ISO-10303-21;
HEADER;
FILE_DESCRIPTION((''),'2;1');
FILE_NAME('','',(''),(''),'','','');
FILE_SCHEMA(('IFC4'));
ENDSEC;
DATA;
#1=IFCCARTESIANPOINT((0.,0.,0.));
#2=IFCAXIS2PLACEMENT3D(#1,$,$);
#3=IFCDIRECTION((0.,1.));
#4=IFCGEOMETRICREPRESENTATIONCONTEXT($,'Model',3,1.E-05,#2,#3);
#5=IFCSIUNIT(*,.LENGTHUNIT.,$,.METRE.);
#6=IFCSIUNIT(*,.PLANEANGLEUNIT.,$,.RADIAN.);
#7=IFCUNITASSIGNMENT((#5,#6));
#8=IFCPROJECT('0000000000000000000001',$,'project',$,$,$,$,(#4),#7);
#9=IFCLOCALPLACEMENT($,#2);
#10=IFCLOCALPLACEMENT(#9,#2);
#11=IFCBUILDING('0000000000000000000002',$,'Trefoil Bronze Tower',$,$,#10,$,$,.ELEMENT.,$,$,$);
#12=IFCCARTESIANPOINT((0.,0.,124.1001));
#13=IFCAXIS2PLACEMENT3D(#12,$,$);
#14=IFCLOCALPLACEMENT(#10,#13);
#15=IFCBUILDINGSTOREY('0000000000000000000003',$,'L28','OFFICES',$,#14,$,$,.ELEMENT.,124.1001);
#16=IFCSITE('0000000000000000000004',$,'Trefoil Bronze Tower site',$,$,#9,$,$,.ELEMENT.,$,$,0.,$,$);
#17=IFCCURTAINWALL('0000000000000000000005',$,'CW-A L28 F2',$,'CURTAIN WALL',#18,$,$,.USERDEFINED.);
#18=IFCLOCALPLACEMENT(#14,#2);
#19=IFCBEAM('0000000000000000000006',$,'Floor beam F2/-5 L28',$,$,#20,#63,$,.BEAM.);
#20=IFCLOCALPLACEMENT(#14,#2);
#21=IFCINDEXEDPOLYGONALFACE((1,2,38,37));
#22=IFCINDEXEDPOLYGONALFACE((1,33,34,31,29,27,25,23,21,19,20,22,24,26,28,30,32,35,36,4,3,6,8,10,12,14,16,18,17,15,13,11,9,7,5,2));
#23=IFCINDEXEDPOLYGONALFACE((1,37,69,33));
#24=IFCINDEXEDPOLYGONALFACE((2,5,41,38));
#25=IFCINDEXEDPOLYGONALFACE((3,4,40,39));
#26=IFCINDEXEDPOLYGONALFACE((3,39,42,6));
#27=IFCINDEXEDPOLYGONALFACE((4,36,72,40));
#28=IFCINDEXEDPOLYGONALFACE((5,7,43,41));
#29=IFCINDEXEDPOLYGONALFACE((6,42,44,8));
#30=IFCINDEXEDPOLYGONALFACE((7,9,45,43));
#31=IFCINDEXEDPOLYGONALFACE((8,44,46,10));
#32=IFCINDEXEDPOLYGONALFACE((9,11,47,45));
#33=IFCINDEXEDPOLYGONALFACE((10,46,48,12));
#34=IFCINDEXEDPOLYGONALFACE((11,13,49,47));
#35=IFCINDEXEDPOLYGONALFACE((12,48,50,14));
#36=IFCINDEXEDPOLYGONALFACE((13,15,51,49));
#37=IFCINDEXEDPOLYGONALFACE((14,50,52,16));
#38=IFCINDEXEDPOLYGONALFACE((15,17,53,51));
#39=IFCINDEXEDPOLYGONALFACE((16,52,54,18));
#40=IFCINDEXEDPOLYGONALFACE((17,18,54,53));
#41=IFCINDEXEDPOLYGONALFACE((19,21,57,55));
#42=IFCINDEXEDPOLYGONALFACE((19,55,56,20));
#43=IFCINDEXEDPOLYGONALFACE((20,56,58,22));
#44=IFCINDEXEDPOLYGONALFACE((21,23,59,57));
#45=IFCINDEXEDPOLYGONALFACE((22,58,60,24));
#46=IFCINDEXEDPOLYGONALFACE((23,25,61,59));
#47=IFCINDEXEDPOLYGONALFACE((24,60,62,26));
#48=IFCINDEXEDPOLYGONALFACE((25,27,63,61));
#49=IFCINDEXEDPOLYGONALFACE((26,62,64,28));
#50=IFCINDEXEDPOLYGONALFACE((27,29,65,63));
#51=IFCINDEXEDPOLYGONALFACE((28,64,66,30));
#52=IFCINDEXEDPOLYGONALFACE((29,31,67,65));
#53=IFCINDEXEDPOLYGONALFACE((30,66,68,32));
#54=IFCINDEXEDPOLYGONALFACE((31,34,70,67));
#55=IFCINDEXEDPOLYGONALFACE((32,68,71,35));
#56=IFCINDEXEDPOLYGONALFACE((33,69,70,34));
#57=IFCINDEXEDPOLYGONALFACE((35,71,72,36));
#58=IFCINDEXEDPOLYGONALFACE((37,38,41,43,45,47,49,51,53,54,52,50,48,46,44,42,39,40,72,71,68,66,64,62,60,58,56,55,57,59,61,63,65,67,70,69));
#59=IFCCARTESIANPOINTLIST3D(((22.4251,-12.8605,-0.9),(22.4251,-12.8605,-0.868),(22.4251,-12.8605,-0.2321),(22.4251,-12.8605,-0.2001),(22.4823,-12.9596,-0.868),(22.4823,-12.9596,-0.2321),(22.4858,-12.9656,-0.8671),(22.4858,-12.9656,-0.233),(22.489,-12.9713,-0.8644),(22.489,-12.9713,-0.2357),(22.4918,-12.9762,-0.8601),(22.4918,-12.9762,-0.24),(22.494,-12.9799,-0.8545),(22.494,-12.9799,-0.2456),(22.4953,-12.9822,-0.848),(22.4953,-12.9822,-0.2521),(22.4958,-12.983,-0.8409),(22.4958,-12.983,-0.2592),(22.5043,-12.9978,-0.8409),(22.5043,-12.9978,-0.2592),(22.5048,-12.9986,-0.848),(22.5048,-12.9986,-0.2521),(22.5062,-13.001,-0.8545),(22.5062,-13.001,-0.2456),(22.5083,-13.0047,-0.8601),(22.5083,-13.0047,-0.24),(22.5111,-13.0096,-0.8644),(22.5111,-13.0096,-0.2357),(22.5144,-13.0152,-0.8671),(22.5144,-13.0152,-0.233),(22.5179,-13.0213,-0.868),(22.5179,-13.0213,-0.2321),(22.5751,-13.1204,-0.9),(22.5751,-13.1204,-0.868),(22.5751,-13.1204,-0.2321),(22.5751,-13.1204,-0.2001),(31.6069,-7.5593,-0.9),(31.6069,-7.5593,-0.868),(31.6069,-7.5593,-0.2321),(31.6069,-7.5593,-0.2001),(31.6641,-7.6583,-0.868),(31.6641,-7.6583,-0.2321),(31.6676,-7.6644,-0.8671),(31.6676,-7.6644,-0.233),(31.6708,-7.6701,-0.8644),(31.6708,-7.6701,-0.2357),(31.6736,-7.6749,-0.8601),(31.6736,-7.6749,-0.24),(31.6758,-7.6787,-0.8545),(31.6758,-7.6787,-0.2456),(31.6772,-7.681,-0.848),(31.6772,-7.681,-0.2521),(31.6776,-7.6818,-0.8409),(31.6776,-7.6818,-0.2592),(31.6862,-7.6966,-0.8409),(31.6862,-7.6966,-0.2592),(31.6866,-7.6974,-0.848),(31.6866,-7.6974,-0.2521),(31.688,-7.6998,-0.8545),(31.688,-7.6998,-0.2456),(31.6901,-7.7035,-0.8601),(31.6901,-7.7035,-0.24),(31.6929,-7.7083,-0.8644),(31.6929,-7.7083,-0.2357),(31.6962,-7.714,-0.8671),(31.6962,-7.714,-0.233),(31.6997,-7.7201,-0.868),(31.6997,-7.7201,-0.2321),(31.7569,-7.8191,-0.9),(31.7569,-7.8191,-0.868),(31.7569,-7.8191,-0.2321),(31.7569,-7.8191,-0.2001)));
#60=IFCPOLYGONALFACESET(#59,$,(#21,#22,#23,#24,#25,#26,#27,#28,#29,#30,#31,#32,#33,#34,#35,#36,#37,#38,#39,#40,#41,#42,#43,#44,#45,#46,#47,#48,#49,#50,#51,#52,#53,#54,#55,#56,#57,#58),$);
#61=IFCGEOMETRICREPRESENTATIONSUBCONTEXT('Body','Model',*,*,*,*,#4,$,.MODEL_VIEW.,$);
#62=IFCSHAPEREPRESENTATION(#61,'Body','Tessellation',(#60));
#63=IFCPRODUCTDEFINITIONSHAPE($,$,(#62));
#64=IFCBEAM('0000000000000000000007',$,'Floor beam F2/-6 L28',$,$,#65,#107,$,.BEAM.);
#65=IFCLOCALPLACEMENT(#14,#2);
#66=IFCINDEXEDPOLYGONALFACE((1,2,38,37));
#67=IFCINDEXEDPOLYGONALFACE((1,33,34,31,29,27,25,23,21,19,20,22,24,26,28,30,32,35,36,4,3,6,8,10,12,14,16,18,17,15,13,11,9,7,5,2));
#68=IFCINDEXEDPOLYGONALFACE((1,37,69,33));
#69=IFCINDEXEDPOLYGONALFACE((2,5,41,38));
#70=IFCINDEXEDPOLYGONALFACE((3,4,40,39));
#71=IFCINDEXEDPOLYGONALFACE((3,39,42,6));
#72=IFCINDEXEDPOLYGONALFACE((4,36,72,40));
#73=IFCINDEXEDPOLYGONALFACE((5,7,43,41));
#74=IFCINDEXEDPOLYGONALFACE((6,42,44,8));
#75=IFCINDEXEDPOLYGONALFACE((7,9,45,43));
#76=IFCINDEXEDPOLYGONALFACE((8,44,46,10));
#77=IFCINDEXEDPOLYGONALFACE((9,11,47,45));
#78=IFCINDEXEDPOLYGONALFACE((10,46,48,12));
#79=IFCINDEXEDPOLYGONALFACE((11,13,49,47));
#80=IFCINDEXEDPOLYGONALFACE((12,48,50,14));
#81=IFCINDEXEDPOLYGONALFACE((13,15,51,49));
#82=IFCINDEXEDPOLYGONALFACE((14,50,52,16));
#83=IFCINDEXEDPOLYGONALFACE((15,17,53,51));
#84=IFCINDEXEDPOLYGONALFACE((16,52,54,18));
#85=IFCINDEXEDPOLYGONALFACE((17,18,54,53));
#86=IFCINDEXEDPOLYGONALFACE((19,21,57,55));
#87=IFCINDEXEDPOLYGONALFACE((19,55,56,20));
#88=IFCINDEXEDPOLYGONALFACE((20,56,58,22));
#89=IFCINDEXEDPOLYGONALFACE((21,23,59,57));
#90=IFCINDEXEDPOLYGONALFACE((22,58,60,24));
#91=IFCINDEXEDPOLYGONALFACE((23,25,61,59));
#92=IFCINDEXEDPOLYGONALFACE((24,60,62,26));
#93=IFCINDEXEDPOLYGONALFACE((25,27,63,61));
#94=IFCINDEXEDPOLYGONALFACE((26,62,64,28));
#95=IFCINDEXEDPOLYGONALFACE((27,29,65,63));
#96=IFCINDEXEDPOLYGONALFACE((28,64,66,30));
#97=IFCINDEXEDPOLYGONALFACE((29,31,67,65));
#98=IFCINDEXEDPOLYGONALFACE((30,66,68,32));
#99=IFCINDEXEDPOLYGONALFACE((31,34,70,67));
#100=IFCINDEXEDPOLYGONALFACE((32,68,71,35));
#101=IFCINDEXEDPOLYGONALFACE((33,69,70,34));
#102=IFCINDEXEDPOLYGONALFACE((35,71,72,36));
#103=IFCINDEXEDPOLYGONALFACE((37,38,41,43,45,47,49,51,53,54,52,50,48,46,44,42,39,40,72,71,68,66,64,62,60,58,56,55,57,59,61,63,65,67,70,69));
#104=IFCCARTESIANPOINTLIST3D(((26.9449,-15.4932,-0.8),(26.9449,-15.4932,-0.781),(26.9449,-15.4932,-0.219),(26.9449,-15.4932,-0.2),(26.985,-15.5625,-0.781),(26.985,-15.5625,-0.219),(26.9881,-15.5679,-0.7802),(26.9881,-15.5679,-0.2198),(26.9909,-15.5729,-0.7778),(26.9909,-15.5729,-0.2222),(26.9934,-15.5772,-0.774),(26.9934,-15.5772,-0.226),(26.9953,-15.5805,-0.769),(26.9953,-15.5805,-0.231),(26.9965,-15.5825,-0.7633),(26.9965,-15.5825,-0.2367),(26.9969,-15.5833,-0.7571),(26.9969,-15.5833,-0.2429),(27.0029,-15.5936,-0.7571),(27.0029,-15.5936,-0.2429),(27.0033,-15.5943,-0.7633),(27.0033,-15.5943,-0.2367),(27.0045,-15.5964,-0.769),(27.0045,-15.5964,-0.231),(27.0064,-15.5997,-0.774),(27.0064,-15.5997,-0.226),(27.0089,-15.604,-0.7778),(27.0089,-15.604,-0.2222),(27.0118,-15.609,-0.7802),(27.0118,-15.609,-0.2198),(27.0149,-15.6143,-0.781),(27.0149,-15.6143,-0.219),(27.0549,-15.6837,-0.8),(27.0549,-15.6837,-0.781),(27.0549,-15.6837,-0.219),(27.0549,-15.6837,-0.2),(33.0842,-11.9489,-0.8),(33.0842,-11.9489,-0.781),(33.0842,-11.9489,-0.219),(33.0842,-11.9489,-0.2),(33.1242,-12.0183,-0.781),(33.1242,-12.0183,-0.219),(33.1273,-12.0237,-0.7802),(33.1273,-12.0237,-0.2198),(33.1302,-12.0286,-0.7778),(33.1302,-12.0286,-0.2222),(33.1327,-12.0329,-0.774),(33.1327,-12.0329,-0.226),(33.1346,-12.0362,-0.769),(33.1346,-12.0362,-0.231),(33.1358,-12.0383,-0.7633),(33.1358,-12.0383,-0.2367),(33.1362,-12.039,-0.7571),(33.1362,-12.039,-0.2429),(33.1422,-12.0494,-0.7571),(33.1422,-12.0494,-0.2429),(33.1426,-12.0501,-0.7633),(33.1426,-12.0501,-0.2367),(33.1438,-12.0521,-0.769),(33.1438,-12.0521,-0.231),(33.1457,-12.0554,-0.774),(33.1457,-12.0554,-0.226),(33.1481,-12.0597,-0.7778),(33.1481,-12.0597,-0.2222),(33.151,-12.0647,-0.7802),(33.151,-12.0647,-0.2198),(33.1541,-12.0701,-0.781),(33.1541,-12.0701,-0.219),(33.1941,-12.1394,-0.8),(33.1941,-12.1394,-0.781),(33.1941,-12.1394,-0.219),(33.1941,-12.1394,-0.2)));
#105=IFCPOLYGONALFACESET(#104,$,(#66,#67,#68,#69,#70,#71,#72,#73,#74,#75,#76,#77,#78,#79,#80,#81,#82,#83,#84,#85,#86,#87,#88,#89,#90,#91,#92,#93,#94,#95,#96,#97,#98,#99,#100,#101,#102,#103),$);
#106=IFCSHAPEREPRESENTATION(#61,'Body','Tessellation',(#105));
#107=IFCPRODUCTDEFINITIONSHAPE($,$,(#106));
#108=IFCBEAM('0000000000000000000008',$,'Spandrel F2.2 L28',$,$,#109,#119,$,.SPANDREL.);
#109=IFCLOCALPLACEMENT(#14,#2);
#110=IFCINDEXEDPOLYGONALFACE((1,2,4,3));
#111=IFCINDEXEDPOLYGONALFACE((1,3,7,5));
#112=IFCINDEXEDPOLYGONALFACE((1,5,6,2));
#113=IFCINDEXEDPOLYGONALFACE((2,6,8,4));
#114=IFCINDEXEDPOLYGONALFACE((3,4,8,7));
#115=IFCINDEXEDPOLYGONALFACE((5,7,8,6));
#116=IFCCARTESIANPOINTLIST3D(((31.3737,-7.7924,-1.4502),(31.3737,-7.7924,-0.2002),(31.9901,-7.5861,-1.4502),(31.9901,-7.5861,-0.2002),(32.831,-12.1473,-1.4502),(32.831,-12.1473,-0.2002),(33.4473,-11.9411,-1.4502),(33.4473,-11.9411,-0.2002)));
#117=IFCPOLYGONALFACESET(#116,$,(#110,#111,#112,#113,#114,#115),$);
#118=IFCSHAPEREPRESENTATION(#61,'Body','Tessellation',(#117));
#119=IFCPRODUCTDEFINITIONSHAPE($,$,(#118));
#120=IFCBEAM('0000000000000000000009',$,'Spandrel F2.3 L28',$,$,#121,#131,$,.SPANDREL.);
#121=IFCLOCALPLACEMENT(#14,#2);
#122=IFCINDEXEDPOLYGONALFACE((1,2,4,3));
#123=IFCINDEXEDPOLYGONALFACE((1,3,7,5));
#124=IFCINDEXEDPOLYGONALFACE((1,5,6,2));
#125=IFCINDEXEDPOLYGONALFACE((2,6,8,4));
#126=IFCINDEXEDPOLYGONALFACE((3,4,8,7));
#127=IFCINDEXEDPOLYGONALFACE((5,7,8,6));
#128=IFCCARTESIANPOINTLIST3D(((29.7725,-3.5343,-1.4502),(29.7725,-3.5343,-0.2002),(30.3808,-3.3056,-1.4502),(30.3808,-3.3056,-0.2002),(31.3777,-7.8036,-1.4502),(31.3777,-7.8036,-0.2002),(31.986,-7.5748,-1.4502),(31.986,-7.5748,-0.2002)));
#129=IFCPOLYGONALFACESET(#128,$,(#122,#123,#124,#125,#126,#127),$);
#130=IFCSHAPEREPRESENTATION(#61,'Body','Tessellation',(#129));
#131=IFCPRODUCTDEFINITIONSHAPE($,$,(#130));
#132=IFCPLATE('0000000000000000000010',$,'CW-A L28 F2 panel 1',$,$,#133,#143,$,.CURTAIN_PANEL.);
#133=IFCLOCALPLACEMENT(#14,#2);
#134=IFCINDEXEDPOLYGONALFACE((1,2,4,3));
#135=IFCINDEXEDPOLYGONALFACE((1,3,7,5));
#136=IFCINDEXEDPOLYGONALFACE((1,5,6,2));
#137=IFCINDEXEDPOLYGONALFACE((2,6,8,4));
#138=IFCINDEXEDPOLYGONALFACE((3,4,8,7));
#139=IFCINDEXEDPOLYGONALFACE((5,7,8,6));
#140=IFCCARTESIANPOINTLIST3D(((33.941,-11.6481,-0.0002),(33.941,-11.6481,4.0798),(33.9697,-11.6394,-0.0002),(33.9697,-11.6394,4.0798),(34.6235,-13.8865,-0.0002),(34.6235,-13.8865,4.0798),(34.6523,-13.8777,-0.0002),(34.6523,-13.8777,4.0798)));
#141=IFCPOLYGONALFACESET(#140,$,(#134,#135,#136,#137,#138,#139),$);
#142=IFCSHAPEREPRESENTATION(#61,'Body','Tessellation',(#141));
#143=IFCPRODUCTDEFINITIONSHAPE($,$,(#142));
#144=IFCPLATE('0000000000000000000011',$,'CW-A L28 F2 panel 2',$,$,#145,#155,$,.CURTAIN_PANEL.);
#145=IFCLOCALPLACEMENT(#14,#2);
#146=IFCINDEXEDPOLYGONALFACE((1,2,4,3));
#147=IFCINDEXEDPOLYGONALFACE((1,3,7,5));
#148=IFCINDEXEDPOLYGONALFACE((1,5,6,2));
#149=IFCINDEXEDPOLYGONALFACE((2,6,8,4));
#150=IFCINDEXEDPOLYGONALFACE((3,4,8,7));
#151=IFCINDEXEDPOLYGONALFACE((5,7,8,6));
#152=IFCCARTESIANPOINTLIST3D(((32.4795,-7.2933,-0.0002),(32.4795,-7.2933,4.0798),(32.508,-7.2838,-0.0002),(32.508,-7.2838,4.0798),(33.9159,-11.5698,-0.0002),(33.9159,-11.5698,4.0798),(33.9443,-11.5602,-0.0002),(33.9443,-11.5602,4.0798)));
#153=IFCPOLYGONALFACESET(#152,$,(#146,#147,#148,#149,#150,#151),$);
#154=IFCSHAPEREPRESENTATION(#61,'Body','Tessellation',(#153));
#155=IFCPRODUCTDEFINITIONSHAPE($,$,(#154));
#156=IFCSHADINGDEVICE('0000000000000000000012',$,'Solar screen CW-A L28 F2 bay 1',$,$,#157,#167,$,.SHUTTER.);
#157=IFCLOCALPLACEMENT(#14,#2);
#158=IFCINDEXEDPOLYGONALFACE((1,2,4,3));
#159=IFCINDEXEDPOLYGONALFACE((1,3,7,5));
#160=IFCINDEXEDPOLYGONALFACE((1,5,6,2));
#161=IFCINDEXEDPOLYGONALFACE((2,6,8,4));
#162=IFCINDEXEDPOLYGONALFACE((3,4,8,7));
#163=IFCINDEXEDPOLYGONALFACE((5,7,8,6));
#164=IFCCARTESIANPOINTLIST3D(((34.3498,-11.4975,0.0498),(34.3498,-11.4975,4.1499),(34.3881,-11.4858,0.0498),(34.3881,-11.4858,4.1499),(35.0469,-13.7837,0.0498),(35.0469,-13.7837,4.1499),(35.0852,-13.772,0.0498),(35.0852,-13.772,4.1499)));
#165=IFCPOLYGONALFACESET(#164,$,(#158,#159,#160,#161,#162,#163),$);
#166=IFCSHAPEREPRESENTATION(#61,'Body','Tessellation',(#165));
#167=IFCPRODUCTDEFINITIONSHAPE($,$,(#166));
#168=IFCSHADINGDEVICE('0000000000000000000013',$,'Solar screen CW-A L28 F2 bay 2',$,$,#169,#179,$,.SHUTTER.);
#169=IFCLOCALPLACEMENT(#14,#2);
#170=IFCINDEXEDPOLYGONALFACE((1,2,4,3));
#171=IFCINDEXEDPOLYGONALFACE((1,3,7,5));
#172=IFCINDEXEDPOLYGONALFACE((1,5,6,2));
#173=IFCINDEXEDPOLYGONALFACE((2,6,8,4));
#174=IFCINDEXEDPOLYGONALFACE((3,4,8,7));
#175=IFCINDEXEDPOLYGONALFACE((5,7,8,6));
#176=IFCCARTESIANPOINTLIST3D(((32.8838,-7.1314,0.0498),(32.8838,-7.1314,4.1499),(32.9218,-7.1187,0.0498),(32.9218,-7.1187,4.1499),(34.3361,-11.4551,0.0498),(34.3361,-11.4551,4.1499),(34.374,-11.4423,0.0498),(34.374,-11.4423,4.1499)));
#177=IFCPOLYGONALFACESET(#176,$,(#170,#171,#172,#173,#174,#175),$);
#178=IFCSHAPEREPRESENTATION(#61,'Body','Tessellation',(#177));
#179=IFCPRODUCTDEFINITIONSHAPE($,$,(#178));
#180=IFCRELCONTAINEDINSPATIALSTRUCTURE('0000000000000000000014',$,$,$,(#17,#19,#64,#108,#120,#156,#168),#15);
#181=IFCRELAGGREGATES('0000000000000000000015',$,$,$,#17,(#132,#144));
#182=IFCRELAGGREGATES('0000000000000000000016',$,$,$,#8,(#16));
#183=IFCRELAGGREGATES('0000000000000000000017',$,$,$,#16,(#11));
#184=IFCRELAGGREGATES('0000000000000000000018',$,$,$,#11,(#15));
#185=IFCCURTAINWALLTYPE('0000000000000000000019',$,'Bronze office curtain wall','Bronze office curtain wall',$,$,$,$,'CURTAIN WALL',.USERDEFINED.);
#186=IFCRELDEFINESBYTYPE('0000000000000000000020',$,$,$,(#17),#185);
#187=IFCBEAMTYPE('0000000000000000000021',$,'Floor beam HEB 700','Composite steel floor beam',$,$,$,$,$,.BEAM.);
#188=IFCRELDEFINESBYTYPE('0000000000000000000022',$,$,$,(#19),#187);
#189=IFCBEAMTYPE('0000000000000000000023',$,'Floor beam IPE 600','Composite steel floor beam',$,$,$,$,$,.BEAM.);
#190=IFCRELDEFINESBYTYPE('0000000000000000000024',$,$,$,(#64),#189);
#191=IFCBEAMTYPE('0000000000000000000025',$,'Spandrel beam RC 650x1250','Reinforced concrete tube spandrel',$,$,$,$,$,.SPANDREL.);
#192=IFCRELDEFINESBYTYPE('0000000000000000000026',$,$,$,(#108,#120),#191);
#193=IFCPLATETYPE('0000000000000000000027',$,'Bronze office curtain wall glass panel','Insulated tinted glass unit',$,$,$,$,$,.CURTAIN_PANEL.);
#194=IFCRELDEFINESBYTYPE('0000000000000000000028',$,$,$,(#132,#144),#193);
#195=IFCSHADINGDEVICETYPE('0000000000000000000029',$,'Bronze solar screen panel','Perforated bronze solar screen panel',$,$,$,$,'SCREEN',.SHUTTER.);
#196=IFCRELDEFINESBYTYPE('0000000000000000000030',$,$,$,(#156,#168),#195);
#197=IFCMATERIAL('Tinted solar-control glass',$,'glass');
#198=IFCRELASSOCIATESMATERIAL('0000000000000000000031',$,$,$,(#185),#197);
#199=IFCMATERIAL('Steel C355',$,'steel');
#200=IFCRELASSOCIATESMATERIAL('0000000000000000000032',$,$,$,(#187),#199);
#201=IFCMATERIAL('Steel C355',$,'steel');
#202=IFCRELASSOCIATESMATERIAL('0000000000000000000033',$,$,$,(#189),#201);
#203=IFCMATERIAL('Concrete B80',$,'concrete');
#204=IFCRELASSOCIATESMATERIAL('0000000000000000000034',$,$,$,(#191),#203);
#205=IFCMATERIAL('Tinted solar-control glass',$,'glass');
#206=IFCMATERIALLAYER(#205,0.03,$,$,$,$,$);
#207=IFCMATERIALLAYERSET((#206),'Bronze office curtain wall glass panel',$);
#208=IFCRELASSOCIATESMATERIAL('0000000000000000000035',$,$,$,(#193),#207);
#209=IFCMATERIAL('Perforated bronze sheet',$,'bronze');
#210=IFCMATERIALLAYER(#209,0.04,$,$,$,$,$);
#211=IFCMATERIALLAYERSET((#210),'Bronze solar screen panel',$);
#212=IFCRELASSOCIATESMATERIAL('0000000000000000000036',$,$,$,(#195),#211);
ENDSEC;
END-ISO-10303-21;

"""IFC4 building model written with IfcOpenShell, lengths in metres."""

from ifc_helpers import new_model, si_unit, direction, frame, origin, origin_2d, place, context, subcontext, project, spatial, rectangle, i_section, extrude, material, layer, layer_set, material_profile, profile_set, type_object, element, aggregate, save


model = new_model("IFC4")

# Units and contexts
model_context = context("Model", 3, precision=1e-05, world=origin(), true_north=direction((0.0, 1.0)))
body_context = subcontext(model_context, "Body", "Model", "MODEL_VIEW")
ifc_project = project(units=[si_unit("LENGTHUNIT", "METRE"), si_unit("PLANEANGLEUNIT", "RADIAN")], contexts=[model_context])

# Site, building, storey
site_placement = place(None, origin())
site = spatial("IfcSite", under=ifc_project, at=site_placement, Name="Trefoil Bronze Tower site", CompositionType="ELEMENT", RefElevation=0.0)
building_placement = place(site_placement, origin())
building = spatial("IfcBuilding", under=site, at=building_placement, Name="Trefoil Bronze Tower", CompositionType="ELEMENT")
storey_placement = place(building_placement, frame((0.0, 0.0, 124.1001)))
storey = spatial("IfcBuildingStorey", under=building, at=storey_placement, Name="L28", Description="OFFICES", CompositionType="ELEMENT", Elevation=124.1001)

# Curtain wall
ifc_material_1 = material(Name="Tinted solar-control glass", Category="glass")
curtain_wall_type_1 = type_object("IfcCurtainWallType", Name="Bronze office curtain wall", Description="Bronze office curtain wall", ElementType="CURTAIN WALL", PredefinedType="USERDEFINED", material=ifc_material_1)
curtain_wall_1_placement = place(storey_placement, origin())
curtain_wall_1 = element("IfcCurtainWall", 1, at=curtain_wall_1_placement, inside=storey, type_object=curtain_wall_type_1, Name="CW-A L28 F2", ObjectType="CURTAIN WALL", PredefinedType="USERDEFINED")

# Beams
ifc_material_2 = material(Name="Steel C355", Category="steel")
ifc_material_profile_1 = material_profile(ifc_material_2, i_section(OverallWidth=0.3, OverallDepth=0.7, WebThickness=0.0171, FlangeThickness=0.032, FilletRadius=0.0271, at=origin_2d()), Name="HEB 700")
ifc_profile_set_1 = profile_set([ifc_material_profile_1], Name="Steel C355")
beam_type_1 = type_object("IfcBeamType", Name="Floor beam HEB 700", Description="Composite steel floor beam", PredefinedType="BEAM", material=ifc_profile_set_1)
beam_1_placement = place(storey_placement, frame((31.6819, -7.6892, -0.55), z_axis=(-0.866021, -0.500007, 0.0), x_axis=(0.500007, -0.866021, 0.0)))
element("IfcBeam", 2, at=beam_1_placement, inside=storey, type_object=beam_type_1, Name="Floor beam F2/-5 L28", PredefinedType="BEAM", context=body_context, shape_type="SweptSolid", body=[
    extrude(i_section(OverallWidth=0.3, OverallDepth=0.7, WebThickness=0.0171, FlangeThickness=0.032, FilletRadius=0.0271, at=origin_2d()), origin(), (0.0, 0.0, 1.0), 10.6023),
])
ifc_material_3 = material(Name="Steel C355", Category="steel")
ifc_material_profile_2 = material_profile(ifc_material_3, i_section(OverallWidth=0.22, OverallDepth=0.6001, WebThickness=0.012, FlangeThickness=0.019, FilletRadius=0.0239, at=origin_2d()), Name="IPE 600")
ifc_profile_set_2 = profile_set([ifc_material_profile_2], Name="Steel C355")
beam_type_2 = type_object("IfcBeamType", Name="Floor beam IPE 600", Description="Composite steel floor beam", PredefinedType="BEAM", material=ifc_profile_set_2)
beam_2_placement = place(storey_placement, frame((33.1392, -12.0442, -0.5), z_axis=(-0.866041, -0.499973, 0.0), x_axis=(0.499973, -0.866041, 0.0)))
element("IfcBeam", 3, at=beam_2_placement, inside=storey, type_object=beam_type_2, Name="Floor beam F2/-6 L28", PredefinedType="BEAM", context=body_context, shape_type="SweptSolid", body=[
    extrude(i_section(OverallWidth=0.22, OverallDepth=0.6001, WebThickness=0.012, FlangeThickness=0.019, FilletRadius=0.0239, at=origin_2d()), origin(), (0.0, 0.0, 1.0), 7.0889),
])
ifc_material_4 = material(Name="Concrete B80", Category="concrete")
ifc_material_profile_3 = material_profile(ifc_material_4, rectangle(XDim=0.6499, YDim=1.25, at=origin_2d()), Name="RC 650x1250")
ifc_profile_set_3 = profile_set([ifc_material_profile_3], Name="Concrete B80")
beam_type_3 = type_object("IfcBeamType", Name="Spandrel beam RC 650x1250", Description="Reinforced concrete tube spandrel", PredefinedType="SPANDREL", material=ifc_profile_set_3)
beam_3_placement = place(storey_placement, frame((33.1392, -12.0442, -0.8252), z_axis=(-0.317328, 0.948316, 0.0), x_axis=(-0.948316, -0.317328, 0.0)))
element("IfcBeam", 4, at=beam_3_placement, inside=storey, type_object=beam_type_3, Name="Spandrel F2.2 L28", PredefinedType="SPANDREL", context=body_context, shape_type="SweptSolid", body=[
    extrude(rectangle(XDim=0.6499, YDim=1.25, at=origin_2d()), origin(), (0.0, 0.0, 1.0), 4.5923),
])
beam_4_placement = place(storey_placement, frame((31.6819, -7.6892, -0.8252), z_axis=(-0.351939, 0.936023, 0.0), x_axis=(-0.936023, -0.351939, 0.0)))
element("IfcBeam", 5, at=beam_4_placement, inside=storey, type_object=beam_type_3, Name="Spandrel F2.3 L28", PredefinedType="SPANDREL", context=body_context, shape_type="SweptSolid", body=[
    extrude(rectangle(XDim=0.6499, YDim=1.25, at=origin_2d()), origin(), (0.0, 0.0, 1.0), 4.561),
])

# Plates
ifc_material_5 = material(Name="Tinted solar-control glass", Category="glass")
ifc_layer_1 = layer(ifc_material_5, 0.03)
ifc_layer_set_1 = layer_set([ifc_layer_1], Name="Bronze office curtain wall glass panel")
plate_type = type_object("IfcPlateType", Name="Bronze office curtain wall glass panel", Description="Insulated tinted glass unit", PredefinedType="CURTAIN_PANEL", material=ifc_layer_set_1)
plate_1_placement = place(storey_placement, frame((34.2966, -12.7629, -0.0002), z_axis=(0.0, 0.0, 1.0), x_axis=(-0.291669, 0.956519, 0.0)))
plate_1 = element("IfcPlate", 6, at=plate_1_placement, type_object=plate_type, Name="CW-A L28 F2 panel 1", PredefinedType="CURTAIN_PANEL", context=body_context, shape_type="SweptSolid", body=[
    extrude(rectangle(XDim=2.3401, YDim=0.03, at=origin_2d()), origin(), (0.0, 0.0, 1.0), 4.0801),
])
plate_2_placement = place(storey_placement, frame((33.2119, -9.4268, -0.0002), z_axis=(0.0, 0.0, 1.0), x_axis=(-0.318404, 0.947955, 0.0)))
plate_2 = element("IfcPlate", 7, at=plate_2_placement, type_object=plate_type, Name="CW-A L28 F2 panel 2", PredefinedType="CURTAIN_PANEL", context=body_context, shape_type="SweptSolid", body=[
    extrude(rectangle(XDim=4.5112, YDim=0.03, at=origin_2d()), origin(), (0.0, 0.0, 1.0), 4.0801),
])
aggregate(curtain_wall_1, [plate_1, plate_2])

# Shading devices
ifc_material_6 = material(Name="Perforated bronze sheet", Category="bronze")
ifc_layer_2 = layer(ifc_material_6, 0.04)
ifc_layer_set_2 = layer_set([ifc_layer_2], Name="Bronze solar screen panel")
shading_device_type = type_object("IfcShadingDeviceType", Name="Bronze solar screen panel", Description="Perforated bronze solar screen panel", ElementType="SCREEN", PredefinedType="SHUTTER", material=ifc_layer_set_2)
shading_device_1_placement = place(storey_placement, frame((34.7175, -12.6348, 0.0498), z_axis=(0.0, 0.0, 1.0), x_axis=(-0.291669, 0.956519, 0.0)))
element("IfcShadingDevice", 8, at=shading_device_1_placement, inside=storey, type_object=shading_device_type, Name="Solar screen CW-A L28 F2 bay 1", PredefinedType="SHUTTER", context=body_context, shape_type="SweptSolid", body=[
    extrude(rectangle(XDim=2.3901, YDim=0.04, at=origin_2d()), origin(), (0.0, 0.0, 1.0), 4.1001),
])
shading_device_2_placement = place(storey_placement, frame((33.6289, -9.2869, 0.0498), z_axis=(0.0, 0.0, 1.0), x_axis=(-0.318404, 0.947955, 0.0)))
element("IfcShadingDevice", 9, at=shading_device_2_placement, inside=storey, type_object=shading_device_type, Name="Solar screen CW-A L28 F2 bay 2", PredefinedType="SHUTTER", context=body_context, shape_type="SweptSolid", body=[
    extrude(rectangle(XDim=4.561, YDim=0.04, at=origin_2d()), origin(), (0.0, 0.0, 1.0), 4.1001),
])

save(model, "model.ifc")
